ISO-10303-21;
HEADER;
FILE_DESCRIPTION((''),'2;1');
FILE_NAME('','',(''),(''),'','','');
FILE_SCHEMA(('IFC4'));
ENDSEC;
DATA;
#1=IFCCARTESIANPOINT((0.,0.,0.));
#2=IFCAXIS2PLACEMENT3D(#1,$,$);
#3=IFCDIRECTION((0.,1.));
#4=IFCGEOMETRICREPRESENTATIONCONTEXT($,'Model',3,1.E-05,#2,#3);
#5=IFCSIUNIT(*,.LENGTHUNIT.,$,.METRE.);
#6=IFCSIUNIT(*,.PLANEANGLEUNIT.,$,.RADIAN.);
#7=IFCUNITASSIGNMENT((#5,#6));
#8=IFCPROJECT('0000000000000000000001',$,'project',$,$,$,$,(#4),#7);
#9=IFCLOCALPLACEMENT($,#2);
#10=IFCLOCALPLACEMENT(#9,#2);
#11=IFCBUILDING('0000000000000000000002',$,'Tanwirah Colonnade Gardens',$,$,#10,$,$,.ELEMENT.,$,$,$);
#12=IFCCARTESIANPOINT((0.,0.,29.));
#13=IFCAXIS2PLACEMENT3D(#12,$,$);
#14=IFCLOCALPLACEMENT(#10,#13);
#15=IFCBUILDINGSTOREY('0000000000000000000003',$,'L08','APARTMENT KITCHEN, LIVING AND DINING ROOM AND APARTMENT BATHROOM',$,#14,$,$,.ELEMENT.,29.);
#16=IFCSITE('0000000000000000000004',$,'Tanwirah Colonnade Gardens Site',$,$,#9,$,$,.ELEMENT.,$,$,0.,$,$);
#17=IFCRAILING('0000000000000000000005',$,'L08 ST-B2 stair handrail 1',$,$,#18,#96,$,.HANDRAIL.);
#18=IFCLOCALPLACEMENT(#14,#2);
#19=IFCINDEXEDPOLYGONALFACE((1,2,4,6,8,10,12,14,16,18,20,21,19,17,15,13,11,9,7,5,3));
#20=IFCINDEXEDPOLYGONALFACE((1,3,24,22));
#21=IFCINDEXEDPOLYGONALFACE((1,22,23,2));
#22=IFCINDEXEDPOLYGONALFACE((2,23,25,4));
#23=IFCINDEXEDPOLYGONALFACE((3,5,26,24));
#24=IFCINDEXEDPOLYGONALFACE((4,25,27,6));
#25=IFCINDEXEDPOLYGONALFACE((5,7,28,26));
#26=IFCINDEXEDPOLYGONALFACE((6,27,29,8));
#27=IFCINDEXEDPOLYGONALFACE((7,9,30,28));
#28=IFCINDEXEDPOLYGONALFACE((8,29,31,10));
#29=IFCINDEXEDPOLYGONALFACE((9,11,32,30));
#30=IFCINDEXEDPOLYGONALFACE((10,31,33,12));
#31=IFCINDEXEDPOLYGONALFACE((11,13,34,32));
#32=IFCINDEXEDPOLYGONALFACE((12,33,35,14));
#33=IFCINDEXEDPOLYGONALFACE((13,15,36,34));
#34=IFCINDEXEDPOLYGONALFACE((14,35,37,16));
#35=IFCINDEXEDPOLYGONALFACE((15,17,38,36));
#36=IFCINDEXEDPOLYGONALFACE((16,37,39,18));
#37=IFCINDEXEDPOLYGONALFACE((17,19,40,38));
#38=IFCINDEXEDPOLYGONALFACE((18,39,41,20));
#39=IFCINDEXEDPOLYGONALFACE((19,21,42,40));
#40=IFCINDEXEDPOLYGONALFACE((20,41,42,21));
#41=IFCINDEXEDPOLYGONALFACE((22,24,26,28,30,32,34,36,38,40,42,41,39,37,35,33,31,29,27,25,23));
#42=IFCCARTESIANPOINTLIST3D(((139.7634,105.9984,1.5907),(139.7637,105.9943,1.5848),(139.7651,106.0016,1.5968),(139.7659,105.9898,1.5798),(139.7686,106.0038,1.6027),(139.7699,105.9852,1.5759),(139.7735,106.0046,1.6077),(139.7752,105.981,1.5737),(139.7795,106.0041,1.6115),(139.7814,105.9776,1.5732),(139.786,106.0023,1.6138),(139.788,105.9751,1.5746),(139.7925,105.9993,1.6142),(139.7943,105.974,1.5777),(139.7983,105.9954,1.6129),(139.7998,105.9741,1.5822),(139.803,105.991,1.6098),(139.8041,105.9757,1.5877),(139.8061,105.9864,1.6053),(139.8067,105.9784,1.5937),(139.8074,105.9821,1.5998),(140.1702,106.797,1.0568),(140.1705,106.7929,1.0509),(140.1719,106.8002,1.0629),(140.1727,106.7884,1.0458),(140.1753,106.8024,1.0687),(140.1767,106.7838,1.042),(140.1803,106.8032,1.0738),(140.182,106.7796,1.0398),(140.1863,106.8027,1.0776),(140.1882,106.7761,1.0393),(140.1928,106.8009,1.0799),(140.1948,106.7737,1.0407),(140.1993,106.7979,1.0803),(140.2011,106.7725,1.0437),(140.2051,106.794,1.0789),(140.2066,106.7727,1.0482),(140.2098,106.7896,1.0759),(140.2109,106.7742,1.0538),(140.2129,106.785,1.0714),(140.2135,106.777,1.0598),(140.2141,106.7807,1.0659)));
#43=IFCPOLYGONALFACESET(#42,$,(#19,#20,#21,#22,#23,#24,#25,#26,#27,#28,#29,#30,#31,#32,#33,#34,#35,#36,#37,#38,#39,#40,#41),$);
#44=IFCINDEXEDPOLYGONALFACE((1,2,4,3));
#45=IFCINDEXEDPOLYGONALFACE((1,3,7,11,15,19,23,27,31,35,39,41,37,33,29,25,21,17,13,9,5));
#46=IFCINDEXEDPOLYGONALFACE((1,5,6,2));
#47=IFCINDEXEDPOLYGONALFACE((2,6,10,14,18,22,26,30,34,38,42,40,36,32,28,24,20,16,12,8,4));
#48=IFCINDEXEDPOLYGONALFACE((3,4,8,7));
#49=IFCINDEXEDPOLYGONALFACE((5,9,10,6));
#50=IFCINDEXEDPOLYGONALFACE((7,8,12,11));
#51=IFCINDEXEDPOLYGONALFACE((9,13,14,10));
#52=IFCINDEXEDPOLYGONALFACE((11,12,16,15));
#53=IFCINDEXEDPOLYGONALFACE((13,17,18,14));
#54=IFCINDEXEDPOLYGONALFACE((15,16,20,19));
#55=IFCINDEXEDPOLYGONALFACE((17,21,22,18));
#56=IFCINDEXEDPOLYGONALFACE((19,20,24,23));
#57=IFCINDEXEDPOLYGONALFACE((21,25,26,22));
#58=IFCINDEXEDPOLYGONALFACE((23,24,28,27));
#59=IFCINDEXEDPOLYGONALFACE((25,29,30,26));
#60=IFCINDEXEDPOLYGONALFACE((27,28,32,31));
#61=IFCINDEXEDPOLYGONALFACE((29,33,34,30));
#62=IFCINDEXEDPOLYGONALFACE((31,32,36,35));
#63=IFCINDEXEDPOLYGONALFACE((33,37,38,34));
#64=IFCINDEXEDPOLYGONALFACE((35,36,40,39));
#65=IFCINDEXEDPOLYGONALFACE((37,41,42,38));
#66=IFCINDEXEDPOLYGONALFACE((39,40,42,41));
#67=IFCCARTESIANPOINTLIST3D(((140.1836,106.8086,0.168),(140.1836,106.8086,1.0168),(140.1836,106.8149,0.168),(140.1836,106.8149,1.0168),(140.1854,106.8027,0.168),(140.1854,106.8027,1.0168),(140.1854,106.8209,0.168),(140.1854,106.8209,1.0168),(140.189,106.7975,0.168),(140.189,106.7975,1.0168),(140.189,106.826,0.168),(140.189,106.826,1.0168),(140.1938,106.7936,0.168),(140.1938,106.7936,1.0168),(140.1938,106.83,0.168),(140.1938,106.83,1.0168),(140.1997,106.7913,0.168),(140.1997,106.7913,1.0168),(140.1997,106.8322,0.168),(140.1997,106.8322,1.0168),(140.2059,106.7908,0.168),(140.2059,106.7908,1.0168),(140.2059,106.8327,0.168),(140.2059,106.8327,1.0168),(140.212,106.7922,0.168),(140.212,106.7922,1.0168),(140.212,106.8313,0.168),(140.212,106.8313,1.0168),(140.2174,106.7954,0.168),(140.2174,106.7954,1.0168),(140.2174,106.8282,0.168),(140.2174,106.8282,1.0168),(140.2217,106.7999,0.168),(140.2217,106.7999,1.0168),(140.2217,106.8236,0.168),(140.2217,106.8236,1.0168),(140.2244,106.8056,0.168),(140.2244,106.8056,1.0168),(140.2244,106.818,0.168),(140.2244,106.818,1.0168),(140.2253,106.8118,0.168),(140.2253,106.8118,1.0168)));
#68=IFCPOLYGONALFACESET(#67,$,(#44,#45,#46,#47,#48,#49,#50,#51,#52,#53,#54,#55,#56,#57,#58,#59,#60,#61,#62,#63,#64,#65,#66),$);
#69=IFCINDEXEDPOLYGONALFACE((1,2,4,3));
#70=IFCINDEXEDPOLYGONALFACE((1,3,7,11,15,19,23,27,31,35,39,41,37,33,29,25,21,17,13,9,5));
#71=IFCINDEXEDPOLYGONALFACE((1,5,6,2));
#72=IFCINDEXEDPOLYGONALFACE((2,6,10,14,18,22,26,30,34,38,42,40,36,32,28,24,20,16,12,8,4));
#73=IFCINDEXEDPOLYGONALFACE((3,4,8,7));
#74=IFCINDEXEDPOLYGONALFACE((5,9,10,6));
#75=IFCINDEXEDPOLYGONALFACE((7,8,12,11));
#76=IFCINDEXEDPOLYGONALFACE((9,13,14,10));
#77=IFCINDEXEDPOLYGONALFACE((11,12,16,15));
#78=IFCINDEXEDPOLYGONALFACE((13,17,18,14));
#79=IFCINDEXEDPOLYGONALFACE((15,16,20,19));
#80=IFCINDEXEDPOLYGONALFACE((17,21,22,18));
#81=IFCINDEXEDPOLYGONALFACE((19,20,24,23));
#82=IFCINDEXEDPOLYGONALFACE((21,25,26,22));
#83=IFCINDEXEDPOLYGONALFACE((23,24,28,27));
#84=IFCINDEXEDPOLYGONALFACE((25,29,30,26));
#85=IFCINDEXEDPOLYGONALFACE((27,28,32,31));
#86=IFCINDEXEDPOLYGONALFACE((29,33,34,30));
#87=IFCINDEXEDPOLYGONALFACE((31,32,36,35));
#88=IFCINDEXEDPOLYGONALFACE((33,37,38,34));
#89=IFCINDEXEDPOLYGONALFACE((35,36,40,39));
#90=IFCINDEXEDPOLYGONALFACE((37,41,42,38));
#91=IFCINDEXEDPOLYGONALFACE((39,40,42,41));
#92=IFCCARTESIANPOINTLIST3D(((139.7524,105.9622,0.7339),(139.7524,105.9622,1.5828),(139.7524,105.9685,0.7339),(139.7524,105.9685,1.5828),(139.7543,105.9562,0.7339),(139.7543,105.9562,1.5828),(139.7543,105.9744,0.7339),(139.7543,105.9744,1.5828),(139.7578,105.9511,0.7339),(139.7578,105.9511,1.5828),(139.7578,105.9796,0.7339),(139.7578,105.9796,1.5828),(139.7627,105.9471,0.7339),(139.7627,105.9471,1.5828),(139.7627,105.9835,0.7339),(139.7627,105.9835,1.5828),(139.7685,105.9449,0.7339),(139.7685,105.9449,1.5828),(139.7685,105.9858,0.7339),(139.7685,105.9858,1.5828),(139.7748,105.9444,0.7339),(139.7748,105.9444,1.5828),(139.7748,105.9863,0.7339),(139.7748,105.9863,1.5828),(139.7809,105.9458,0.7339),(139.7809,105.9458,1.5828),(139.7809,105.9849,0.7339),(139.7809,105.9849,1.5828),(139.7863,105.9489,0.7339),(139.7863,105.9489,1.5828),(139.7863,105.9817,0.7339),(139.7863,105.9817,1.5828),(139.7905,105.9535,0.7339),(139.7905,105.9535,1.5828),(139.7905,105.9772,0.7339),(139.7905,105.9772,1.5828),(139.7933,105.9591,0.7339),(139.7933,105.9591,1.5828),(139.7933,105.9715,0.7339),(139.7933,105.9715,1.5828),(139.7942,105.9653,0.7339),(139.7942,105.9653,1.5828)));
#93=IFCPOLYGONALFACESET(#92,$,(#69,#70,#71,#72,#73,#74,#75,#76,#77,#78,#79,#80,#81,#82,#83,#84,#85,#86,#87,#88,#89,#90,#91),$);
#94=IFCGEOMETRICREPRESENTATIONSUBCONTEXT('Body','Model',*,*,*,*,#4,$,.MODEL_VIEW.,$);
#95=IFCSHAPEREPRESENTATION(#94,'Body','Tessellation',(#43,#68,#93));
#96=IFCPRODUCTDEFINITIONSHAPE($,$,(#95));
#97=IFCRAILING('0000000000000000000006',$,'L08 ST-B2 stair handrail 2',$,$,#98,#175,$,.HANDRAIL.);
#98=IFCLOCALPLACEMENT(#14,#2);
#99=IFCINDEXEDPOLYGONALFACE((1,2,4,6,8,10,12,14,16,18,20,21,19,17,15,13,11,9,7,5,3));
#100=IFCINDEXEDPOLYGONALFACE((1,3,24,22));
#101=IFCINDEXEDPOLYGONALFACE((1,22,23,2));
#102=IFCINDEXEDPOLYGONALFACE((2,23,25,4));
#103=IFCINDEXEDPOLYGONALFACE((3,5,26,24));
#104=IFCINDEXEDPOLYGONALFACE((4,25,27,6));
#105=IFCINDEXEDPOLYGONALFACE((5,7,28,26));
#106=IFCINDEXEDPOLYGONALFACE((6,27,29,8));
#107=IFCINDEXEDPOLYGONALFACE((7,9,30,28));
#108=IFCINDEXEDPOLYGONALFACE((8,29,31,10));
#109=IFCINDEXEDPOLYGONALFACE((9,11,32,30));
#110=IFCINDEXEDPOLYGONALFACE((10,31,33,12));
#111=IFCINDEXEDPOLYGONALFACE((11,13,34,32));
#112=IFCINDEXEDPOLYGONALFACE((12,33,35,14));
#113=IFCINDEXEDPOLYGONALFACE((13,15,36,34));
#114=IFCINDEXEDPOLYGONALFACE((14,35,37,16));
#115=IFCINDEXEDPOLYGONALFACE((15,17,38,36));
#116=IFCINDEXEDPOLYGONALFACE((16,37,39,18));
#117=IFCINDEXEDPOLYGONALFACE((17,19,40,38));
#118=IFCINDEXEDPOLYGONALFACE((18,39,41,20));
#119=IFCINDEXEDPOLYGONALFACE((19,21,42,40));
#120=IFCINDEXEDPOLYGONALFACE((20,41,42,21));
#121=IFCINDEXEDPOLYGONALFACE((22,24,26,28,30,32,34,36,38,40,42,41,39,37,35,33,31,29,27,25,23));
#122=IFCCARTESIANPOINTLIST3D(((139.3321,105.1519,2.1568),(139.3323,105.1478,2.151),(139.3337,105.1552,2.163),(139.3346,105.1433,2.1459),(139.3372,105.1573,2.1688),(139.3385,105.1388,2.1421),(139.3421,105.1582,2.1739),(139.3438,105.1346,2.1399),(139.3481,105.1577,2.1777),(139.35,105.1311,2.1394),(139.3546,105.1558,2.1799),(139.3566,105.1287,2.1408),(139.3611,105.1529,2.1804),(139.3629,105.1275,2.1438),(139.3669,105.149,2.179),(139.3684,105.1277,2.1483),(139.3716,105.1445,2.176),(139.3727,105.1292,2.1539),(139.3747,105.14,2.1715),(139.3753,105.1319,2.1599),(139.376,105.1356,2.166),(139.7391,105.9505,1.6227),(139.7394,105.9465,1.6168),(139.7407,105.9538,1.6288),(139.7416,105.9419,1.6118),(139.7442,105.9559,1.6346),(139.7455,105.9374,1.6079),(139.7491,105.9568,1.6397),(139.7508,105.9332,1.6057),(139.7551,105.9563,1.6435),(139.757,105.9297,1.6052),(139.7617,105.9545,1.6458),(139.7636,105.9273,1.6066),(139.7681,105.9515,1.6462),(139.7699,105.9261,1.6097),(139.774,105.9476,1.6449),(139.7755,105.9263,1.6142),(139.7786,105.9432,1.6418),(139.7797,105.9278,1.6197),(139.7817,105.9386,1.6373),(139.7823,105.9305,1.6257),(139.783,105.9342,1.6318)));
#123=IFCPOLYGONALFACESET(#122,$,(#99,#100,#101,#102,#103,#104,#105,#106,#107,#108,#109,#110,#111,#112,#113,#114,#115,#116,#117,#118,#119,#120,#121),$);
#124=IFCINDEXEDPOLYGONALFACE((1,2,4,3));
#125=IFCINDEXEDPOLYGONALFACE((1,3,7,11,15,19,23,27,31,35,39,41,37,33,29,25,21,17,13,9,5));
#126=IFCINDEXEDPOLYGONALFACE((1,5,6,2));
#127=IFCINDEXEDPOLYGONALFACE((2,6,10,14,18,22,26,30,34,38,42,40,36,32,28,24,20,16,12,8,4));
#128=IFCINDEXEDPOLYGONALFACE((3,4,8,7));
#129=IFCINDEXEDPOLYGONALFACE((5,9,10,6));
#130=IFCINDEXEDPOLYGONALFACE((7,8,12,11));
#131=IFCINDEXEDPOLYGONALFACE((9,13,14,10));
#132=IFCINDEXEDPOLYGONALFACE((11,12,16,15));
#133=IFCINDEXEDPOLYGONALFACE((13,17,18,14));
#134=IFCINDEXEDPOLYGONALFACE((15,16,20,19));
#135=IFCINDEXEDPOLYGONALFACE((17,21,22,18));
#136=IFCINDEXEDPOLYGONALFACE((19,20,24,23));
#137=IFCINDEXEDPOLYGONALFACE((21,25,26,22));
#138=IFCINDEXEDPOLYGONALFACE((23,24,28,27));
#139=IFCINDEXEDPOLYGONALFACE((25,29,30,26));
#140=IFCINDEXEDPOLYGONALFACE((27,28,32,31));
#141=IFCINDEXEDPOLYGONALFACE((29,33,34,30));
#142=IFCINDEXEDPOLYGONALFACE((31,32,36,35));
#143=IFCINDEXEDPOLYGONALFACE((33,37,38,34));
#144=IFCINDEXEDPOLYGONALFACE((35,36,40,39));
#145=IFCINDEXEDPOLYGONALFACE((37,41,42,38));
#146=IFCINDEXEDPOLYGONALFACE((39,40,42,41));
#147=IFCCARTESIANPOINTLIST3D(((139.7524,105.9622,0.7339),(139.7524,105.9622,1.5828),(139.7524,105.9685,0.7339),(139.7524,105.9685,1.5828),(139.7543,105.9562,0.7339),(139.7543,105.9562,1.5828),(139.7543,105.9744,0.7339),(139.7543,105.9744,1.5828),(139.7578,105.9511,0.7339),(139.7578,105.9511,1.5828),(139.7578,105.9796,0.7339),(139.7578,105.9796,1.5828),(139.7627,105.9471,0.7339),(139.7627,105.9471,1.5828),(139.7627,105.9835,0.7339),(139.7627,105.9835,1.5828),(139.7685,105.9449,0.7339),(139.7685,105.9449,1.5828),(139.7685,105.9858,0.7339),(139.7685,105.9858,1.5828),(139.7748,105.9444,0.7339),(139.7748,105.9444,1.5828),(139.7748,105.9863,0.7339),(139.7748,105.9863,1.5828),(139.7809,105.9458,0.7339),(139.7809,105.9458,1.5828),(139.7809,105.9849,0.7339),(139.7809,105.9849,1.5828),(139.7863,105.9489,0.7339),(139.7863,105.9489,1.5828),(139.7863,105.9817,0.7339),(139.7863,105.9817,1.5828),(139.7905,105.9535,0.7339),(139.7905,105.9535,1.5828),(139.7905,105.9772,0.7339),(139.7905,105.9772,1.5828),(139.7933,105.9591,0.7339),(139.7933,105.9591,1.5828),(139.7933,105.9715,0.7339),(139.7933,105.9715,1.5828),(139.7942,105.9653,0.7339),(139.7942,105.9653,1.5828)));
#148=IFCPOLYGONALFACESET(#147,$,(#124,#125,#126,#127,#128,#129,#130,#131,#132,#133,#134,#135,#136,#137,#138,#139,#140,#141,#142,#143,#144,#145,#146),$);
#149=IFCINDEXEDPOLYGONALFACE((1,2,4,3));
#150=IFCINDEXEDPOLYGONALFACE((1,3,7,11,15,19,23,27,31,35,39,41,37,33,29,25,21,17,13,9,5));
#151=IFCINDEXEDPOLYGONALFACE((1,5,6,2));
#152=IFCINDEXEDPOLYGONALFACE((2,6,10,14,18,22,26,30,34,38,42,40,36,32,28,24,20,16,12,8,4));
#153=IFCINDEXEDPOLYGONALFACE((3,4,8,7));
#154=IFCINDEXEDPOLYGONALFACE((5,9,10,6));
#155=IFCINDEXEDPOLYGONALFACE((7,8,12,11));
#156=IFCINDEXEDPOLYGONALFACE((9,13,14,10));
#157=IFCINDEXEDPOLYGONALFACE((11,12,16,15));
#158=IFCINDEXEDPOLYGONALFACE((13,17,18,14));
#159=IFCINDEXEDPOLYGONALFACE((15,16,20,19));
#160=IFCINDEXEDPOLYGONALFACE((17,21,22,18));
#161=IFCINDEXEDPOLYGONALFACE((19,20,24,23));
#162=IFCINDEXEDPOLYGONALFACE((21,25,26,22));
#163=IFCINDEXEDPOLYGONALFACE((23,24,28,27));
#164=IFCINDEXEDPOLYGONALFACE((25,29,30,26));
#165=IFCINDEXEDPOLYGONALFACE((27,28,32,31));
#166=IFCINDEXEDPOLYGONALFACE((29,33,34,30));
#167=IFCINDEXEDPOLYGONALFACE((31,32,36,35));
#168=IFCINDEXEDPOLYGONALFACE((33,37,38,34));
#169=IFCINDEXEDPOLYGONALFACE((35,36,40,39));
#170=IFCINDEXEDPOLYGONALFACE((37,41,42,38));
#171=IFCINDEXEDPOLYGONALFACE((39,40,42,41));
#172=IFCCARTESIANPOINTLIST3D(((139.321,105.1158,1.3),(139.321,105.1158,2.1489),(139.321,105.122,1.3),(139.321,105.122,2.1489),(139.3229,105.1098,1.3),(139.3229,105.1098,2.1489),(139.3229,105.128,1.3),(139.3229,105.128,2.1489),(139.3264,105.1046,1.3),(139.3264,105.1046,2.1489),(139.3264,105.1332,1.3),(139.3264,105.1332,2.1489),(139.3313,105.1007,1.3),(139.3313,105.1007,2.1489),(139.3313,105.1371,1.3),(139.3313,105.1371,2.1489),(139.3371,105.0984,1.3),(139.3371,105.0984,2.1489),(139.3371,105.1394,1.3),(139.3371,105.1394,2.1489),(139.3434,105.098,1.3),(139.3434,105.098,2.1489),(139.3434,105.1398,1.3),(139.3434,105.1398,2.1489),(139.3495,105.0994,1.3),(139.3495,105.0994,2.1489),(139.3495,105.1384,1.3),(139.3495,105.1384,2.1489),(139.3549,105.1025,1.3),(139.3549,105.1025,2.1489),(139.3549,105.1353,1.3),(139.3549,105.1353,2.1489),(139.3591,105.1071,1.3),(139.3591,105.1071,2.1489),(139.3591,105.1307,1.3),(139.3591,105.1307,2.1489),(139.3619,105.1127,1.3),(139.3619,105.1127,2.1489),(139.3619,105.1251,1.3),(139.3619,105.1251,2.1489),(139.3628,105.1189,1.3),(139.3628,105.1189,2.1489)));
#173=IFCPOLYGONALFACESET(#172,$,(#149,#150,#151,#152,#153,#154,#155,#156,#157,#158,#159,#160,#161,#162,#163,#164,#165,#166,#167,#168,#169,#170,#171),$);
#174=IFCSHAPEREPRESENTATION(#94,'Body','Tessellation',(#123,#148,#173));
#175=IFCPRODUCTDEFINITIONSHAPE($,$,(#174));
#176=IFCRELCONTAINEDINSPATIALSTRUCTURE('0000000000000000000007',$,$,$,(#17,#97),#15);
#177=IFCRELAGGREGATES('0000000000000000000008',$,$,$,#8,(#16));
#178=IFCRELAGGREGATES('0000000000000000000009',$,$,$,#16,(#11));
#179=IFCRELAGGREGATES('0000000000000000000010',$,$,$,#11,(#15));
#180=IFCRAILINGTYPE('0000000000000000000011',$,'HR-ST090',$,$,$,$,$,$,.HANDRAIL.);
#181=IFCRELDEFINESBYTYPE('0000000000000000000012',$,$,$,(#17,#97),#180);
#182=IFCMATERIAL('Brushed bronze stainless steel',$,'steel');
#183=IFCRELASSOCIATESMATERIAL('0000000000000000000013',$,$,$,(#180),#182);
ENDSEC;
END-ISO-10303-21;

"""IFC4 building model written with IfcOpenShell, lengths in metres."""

from ifc_helpers import new_model, si_unit, direction, frame, origin, origin_2d, place, context, subcontext, project, spatial, circle, extrude, material, type_object, element, save


model = new_model("IFC4")

# Units and contexts
model_context = context("Model", 3, precision=1e-05, world=origin(), true_north=direction((0.0, 1.0)))
body_context = subcontext(model_context, "Body", "Model", "MODEL_VIEW")
ifc_project = project(units=[si_unit("LENGTHUNIT", "METRE"), si_unit("PLANEANGLEUNIT", "RADIAN")], contexts=[model_context])

# Site, building, storey
site_placement = place(None, origin())
site = spatial("IfcSite", under=ifc_project, at=site_placement, Name="Tanwirah Colonnade Gardens Site", CompositionType="ELEMENT", RefElevation=0.0)
building_placement = place(site_placement, origin())
building = spatial("IfcBuilding", under=site, at=building_placement, Name="Tanwirah Colonnade Gardens", CompositionType="ELEMENT")
storey_placement = place(building_placement, frame((0.0, 0.0, 29.0)))
storey = spatial("IfcBuildingStorey", under=building, at=storey_placement, Name="L08", Description="APARTMENT KITCHEN, LIVING AND DINING ROOM AND APARTMENT BATHROOM", CompositionType="ELEMENT", Elevation=29.0)

# Railings
ifc_material_1 = material(Name="Brushed bronze stainless steel", Category="steel")
railing_type_1 = type_object("IfcRailingType", Name="HR-ST090", PredefinedType="HANDRAIL", material=ifc_material_1)
railing_1_placement = place(storey_placement, frame((140.2043, 106.8118, 0.168)))
element("IfcRailing", 1, at=railing_1_placement, inside=storey, type_object=railing_type_1, Name="L08 ST-B2 stair handrail 1", PredefinedType="HANDRAIL", context=body_context, shape_type="SweptSolid", body=[
    extrude(circle(Radius=0.0239, at=origin_2d()), frame((-0.0122, -0.0239, 0.8918), z_axis=(-0.38993, -0.765509, 0.511811), x_axis=(0.891061, -0.453883, 0.0)), (0.0, 0.0, 1.0), 1.0432),
    extrude(circle(Radius=0.021, at=origin_2d()), origin(), (0.0, 0.0, 1.0), 0.8489),
    extrude(circle(Radius=0.021, at=origin_2d()), frame((-0.4312, -0.8464, 0.5659)), (0.0, 0.0, 1.0), 0.8489),
])
railing_2_placement = place(storey_placement, frame((139.7732, 105.9653, 0.7339)))
element("IfcRailing", 2, at=railing_2_placement, inside=storey, type_object=railing_type_1, Name="L08 ST-B2 stair handrail 2", PredefinedType="HANDRAIL", context=body_context, shape_type="SweptSolid", body=[
    extrude(circle(Radius=0.0239, at=origin_2d()), frame((-0.0122, -0.0239, 0.8918), z_axis=(-0.390073, -0.765356, 0.51193), x_axis=(0.890957, -0.454087, 0.0)), (0.0, 0.0, 1.0), 1.0435),
    extrude(circle(Radius=0.021, at=origin_2d()), origin(), (0.0, 0.0, 1.0), 0.8489),
    extrude(circle(Radius=0.021, at=origin_2d()), frame((-0.4314, -0.8464, 0.5662)), (0.0, 0.0, 1.0), 0.8489),
])

save(model, "model.ifc")
